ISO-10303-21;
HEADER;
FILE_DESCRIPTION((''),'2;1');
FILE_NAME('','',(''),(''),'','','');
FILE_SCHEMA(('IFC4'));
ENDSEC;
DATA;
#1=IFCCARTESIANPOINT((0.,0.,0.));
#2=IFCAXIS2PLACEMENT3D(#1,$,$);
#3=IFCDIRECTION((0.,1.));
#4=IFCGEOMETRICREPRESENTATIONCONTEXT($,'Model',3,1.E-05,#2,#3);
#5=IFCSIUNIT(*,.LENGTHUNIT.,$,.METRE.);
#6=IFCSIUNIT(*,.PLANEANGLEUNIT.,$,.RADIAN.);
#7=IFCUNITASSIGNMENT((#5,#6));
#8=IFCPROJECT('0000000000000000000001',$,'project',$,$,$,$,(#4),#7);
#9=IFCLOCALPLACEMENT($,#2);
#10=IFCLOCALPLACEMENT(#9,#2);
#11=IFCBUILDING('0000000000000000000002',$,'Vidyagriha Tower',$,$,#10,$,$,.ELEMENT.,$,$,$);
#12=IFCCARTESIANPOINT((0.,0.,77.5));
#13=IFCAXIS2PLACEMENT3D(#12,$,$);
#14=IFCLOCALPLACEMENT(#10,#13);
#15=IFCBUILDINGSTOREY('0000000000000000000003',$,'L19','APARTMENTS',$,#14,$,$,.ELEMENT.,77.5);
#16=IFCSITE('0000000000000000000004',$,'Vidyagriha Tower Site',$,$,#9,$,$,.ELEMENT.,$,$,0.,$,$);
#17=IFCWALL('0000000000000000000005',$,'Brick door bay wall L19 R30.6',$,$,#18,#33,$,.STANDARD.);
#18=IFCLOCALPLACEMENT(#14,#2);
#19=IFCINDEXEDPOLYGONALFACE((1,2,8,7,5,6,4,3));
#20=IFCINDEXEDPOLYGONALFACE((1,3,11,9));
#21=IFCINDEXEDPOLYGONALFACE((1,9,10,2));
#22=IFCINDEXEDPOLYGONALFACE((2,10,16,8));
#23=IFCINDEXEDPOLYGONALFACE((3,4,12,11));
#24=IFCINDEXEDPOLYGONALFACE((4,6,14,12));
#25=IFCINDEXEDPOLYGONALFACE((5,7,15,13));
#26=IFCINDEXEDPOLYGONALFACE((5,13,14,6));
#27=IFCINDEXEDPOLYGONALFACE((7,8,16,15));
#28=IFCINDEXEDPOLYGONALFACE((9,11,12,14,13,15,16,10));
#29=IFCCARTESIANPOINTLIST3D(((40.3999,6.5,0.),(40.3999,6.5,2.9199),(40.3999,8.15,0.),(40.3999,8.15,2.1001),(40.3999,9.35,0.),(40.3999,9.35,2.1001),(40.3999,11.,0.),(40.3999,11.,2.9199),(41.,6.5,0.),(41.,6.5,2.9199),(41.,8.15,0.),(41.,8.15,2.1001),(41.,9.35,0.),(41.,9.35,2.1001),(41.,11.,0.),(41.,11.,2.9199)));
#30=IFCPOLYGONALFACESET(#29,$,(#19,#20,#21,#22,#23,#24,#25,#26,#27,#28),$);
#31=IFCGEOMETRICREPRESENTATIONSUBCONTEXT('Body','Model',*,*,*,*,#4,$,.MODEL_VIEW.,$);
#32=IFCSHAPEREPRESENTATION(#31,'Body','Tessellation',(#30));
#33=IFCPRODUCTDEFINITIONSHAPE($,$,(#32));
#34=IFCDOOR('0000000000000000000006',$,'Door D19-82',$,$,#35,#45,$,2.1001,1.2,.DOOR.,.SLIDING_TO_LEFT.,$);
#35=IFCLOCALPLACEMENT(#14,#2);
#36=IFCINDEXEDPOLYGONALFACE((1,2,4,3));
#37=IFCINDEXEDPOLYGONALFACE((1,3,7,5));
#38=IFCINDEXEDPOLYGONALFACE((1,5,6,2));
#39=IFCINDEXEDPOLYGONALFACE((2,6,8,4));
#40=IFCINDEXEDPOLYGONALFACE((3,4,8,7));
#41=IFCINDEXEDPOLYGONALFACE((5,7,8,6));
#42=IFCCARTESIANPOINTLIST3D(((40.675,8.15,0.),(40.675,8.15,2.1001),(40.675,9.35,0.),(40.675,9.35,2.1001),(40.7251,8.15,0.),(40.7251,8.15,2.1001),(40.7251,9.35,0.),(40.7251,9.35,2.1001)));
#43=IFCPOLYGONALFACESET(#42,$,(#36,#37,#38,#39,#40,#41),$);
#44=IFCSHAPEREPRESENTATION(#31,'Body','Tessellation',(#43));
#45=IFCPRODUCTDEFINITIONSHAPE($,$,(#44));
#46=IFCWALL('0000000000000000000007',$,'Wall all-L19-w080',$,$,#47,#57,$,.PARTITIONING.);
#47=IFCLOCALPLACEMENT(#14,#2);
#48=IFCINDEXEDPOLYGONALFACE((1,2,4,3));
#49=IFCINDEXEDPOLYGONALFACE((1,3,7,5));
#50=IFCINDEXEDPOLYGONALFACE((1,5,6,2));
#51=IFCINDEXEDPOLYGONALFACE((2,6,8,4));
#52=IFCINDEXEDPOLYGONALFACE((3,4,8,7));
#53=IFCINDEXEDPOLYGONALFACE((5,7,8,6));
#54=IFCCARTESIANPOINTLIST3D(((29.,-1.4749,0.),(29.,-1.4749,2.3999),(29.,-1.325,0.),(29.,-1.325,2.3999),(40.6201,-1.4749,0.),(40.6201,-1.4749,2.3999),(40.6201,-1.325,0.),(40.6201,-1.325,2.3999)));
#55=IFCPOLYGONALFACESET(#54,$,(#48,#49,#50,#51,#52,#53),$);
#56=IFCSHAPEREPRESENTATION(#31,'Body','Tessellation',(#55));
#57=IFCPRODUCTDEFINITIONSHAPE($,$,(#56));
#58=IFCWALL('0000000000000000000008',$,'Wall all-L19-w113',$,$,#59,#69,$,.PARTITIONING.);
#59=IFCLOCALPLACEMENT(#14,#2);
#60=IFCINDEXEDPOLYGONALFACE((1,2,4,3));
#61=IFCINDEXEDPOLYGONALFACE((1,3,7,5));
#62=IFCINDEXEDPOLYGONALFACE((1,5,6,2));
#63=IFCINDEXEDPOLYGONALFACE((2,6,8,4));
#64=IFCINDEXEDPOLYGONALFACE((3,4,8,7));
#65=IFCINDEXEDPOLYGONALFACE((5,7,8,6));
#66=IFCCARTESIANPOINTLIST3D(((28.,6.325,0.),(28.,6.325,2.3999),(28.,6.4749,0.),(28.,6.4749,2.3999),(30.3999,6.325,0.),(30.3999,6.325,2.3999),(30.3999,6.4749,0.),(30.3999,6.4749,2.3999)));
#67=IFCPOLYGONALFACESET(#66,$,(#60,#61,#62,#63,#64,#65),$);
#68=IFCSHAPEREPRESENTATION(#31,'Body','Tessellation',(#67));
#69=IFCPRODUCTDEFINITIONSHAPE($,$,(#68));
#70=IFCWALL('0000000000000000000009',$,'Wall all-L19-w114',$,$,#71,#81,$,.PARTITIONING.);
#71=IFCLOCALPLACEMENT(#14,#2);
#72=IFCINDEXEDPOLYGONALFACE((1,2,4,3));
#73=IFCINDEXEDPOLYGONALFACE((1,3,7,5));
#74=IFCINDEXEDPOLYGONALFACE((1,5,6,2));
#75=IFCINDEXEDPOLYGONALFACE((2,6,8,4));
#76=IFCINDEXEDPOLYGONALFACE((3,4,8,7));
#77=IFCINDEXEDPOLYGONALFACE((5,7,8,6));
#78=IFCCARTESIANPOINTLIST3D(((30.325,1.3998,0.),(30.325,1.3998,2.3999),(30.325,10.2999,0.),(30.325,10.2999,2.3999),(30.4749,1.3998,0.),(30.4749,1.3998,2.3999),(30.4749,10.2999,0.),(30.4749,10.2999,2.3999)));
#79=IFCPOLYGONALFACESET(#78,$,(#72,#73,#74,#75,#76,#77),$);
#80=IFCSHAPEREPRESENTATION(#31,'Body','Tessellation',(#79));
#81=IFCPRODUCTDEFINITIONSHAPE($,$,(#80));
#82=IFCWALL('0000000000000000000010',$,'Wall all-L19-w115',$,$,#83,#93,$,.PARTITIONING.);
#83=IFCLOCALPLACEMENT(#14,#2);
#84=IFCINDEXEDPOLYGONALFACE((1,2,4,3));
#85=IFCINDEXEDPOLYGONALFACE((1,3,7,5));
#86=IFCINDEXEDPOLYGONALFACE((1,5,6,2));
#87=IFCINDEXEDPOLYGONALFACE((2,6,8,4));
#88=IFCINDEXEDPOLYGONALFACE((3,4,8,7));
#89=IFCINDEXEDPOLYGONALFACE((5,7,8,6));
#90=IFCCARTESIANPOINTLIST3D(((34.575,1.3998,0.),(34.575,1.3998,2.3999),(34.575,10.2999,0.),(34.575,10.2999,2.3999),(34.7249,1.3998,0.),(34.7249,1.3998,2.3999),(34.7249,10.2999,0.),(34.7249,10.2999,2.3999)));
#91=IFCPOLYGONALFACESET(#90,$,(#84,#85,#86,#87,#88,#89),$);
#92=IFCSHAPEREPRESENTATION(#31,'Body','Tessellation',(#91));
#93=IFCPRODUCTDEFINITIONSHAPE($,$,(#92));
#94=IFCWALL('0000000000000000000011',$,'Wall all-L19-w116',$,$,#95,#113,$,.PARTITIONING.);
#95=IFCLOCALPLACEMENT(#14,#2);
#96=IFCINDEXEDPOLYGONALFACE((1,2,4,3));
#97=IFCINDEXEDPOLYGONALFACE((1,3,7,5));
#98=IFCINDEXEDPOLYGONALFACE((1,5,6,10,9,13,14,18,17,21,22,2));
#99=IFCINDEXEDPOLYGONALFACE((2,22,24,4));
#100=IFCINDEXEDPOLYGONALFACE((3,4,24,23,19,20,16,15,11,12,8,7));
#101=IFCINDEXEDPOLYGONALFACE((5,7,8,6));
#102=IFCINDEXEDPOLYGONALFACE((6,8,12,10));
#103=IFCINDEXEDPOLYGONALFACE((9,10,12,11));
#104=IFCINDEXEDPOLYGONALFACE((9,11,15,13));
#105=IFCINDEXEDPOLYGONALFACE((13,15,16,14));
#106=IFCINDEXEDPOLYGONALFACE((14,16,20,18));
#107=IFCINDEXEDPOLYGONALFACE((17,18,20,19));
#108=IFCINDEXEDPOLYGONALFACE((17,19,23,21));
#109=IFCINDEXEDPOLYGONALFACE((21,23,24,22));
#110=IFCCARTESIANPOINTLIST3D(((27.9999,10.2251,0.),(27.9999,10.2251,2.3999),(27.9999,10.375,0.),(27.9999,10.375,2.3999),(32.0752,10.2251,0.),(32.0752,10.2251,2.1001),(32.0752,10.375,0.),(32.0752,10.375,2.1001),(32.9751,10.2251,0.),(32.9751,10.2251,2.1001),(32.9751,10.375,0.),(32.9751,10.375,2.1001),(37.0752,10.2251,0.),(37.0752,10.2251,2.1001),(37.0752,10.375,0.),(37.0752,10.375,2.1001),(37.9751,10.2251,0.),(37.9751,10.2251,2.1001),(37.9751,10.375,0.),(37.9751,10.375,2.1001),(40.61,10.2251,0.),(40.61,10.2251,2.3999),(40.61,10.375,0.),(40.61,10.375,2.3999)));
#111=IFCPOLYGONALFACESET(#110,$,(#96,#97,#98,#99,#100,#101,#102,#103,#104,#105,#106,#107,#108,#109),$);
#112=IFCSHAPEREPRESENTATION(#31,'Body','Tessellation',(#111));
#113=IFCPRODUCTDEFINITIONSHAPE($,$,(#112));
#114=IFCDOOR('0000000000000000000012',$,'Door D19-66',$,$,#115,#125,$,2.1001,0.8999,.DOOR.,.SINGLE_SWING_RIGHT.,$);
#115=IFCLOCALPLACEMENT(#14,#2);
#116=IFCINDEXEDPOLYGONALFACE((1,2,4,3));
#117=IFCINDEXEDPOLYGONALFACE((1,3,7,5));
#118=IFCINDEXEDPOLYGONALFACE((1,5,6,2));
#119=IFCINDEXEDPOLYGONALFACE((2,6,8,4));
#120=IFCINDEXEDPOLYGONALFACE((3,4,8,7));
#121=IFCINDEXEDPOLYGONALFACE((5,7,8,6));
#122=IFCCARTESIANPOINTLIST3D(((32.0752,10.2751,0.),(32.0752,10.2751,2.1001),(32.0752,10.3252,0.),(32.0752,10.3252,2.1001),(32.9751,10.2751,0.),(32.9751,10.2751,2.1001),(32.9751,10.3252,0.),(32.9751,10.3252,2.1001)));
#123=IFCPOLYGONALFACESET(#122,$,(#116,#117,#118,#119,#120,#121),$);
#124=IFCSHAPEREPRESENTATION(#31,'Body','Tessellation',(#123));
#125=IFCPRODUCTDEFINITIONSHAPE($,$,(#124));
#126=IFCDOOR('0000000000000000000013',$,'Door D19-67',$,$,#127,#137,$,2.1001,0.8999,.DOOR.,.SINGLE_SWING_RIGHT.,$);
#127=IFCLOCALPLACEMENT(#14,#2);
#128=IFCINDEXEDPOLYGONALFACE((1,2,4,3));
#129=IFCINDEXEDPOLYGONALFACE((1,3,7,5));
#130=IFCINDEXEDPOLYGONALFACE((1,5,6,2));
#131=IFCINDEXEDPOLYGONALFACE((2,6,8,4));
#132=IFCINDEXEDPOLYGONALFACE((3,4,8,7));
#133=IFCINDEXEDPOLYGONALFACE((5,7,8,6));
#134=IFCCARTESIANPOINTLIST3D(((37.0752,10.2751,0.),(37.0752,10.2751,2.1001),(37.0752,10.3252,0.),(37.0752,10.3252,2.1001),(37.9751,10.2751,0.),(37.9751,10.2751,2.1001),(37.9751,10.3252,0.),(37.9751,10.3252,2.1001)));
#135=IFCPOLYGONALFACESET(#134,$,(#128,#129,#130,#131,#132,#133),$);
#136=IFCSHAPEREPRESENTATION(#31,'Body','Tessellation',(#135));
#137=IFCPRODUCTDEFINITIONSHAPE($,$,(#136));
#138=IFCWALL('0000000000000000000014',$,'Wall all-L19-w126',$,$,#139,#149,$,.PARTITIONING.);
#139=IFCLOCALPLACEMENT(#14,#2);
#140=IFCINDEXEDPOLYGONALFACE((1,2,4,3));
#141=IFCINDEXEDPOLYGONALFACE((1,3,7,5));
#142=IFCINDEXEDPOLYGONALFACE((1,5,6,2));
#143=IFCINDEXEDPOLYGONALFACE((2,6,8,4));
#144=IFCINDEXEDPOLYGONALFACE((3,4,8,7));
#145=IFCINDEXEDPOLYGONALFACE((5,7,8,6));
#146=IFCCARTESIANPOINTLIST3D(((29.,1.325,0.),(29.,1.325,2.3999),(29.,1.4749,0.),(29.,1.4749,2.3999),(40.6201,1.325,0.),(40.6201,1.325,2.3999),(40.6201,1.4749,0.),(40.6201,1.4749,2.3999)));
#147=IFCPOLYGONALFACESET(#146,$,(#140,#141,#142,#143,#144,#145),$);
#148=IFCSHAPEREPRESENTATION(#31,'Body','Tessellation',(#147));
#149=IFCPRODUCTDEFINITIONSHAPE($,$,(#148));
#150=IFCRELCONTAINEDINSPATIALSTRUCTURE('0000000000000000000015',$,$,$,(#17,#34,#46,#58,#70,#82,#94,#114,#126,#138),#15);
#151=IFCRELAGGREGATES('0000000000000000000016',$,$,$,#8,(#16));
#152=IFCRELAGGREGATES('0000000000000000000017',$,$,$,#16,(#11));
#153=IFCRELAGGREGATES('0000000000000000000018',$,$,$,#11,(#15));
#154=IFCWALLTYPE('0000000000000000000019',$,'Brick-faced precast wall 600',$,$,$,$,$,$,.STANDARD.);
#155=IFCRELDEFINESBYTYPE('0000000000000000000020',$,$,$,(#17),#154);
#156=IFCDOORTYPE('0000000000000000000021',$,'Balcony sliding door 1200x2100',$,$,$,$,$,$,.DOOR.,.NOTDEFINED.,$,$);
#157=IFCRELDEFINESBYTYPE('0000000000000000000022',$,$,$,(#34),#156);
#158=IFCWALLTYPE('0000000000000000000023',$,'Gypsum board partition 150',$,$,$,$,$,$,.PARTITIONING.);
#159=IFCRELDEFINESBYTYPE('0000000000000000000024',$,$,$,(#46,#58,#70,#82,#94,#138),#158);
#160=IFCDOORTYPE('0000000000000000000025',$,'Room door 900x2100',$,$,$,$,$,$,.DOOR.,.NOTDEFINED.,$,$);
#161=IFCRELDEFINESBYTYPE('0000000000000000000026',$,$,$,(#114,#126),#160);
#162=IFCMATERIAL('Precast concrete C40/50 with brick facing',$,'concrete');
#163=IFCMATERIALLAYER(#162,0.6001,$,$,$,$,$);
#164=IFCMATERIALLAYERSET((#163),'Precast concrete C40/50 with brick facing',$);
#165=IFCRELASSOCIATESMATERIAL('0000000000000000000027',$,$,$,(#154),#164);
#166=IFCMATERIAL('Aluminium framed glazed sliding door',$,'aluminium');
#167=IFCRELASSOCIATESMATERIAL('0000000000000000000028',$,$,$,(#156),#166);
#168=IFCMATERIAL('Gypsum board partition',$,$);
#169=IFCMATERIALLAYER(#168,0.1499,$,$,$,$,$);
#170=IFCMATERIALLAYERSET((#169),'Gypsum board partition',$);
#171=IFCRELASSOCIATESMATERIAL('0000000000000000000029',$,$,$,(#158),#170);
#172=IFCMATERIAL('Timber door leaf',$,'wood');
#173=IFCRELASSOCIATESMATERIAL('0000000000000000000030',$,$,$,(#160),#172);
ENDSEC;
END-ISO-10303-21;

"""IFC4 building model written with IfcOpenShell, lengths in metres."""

from ifc_helpers import new_model, si_unit, direction, frame, frame_2d, origin, place, context, subcontext, project, spatial, rectangle, extrude, material, layer, layer_set, type_object, element, fill, save


model = new_model("IFC4")

# Units and contexts
model_context = context("Model", 3, precision=1e-05, world=origin(), true_north=direction((0.0, 1.0)))
body_context = subcontext(model_context, "Body", "Model", "MODEL_VIEW")
ifc_project = project(units=[si_unit("LENGTHUNIT", "METRE"), si_unit("PLANEANGLEUNIT", "RADIAN")], contexts=[model_context])

# Site, building, storey
site_placement = place(None, origin())
site = spatial("IfcSite", under=ifc_project, at=site_placement, Name="Vidyagriha Tower Site", CompositionType="ELEMENT", RefElevation=0.0)
building_placement = place(site_placement, origin())
building = spatial("IfcBuilding", under=site, at=building_placement, Name="Vidyagriha Tower", CompositionType="ELEMENT")
storey_placement = place(building_placement, frame((0.0, 0.0, 77.5)))
storey = spatial("IfcBuildingStorey", under=building, at=storey_placement, Name="L19", Description="APARTMENTS", CompositionType="ELEMENT", Elevation=77.5)

# Wall, opening, door
ifc_material_1 = material(Name="Precast concrete C40/50 with brick facing", Category="concrete")
ifc_layer_1 = layer(ifc_material_1, 0.6001)
ifc_layer_set_1 = layer_set([ifc_layer_1], Name="Precast concrete C40/50 with brick facing")
wall_type_1 = type_object("IfcWallType", Name="Brick-faced precast wall 600", PredefinedType="STANDARD", material=ifc_layer_set_1)
wall_1_placement = place(storey_placement, frame((40.7, 6.5, 0.0), z_axis=(0.0, 0.0, 1.0), x_axis=(0.0, 1.0, 0.0)))
wall_1 = element("IfcWall", 1, at=wall_1_placement, inside=storey, type_object=wall_type_1, Name="Brick door bay wall L19 R30.6", PredefinedType="STANDARD", context=body_context, shape_type="SweptSolid", body=[
    extrude(rectangle(XDim=4.5, YDim=0.6001, at=frame_2d((2.25, 0.0))), origin(), (0.0, 0.0, 1.0), 2.9199),
])
opening_1_placement = place(wall_1_placement, frame((1.6499, 0.0, 0.0)))
opening_1 = element("IfcOpeningElement", 2, at=opening_1_placement, cuts=wall_1, PredefinedType="OPENING", context=body_context, shape_type="SweptSolid", body=[
    extrude(rectangle(XDim=1.2, YDim=2.1001, at=frame_2d((0.6001, 1.05))), frame((0.0, 0.3101, 0.0), z_axis=(0.0, -1.0, 0.0), x_axis=(1.0, 0.0, 0.0)), (0.0, 0.0, 1.0), 0.6201),
])
ifc_material_2 = material(Name="Aluminium framed glazed sliding door", Category="aluminium")
door_type_1 = type_object("IfcDoorType", Name="Balcony sliding door 1200x2100", OperationType="NOTDEFINED", PredefinedType="DOOR", material=ifc_material_2)
door_1_placement = place(opening_1_placement, origin())
door_1 = element("IfcDoor", 3, at=door_1_placement, inside=storey, type_object=door_type_1, Name="Door D19-82", OperationType="SLIDING_TO_LEFT", OverallHeight=2.1001, OverallWidth=1.2, PredefinedType="DOOR", context=body_context, shape_type="SweptSolid", body=[
    extrude(rectangle(XDim=1.2, YDim=2.1001, at=frame_2d((0.6001, 1.05))), frame((0.0, 0.0249, 0.0), z_axis=(0.0, -1.0, 0.0), x_axis=(1.0, 0.0, 0.0)), (0.0, 0.0, 1.0), 0.05),
])
fill(opening_1, door_1)

# Walls
ifc_material_3 = material(Name="Gypsum board partition")
ifc_layer_2 = layer(ifc_material_3, 0.1499)
ifc_layer_set_2 = layer_set([ifc_layer_2], Name="Gypsum board partition")
wall_type_2 = type_object("IfcWallType", Name="Gypsum board partition 150", PredefinedType="PARTITIONING", material=ifc_layer_set_2)
wall_2_placement = place(storey_placement, frame((40.6201, -1.3999, 0.0), z_axis=(0.0, 0.0, 1.0), x_axis=(-1.0, 0.0, 0.0)))
element("IfcWall", 4, at=wall_2_placement, inside=storey, type_object=wall_type_2, Name="Wall all-L19-w080", PredefinedType="PARTITIONING", context=body_context, shape_type="SweptSolid", body=[
    extrude(rectangle(XDim=11.6201, YDim=0.1499, at=frame_2d((5.8101, 0.0))), origin(), (0.0, 0.0, 1.0), 2.3999),
])
wall_3_placement = place(storey_placement, frame((28.0, 6.3999, 0.0)))
element("IfcWall", 5, at=wall_3_placement, inside=storey, type_object=wall_type_2, Name="Wall all-L19-w113", PredefinedType="PARTITIONING", context=body_context, shape_type="SweptSolid", body=[
    extrude(rectangle(XDim=2.3999, YDim=0.1499, at=frame_2d((1.2, 0.0))), origin(), (0.0, 0.0, 1.0), 2.3999),
])
for number, where, z_axis, x_axis, name in (
    (6, (30.3999, 10.3, 0.0), (0.0, 0.0, 1.0), (0.0, -1.0, 0.0), "Wall all-L19-w114"),
    (7, (34.6499, 10.3, 0.0), (0.0, 0.0, 1.0), (0.0, -1.0, 0.0), "Wall all-L19-w115"),
):
    element("IfcWall", number, at=place(storey_placement, frame(where, z_axis=z_axis, x_axis=x_axis)), inside=storey, type_object=wall_type_2, Name=name, PredefinedType="PARTITIONING", context=body_context, shape_type="SweptSolid", body=[
        extrude(rectangle(XDim=8.9001, YDim=0.1499, at=frame_2d((4.4502, 0.0))), origin(), (0.0, 0.0, 1.0), 2.3999),
    ])

# Wall, openings, doors
wall_4_placement = place(storey_placement, frame((40.6101, 10.3, 0.0), z_axis=(0.0, 0.0, 1.0), x_axis=(-1.0, 0.0, 0.0)))
wall_4 = element("IfcWall", 8, at=wall_4_placement, inside=storey, type_object=wall_type_2, Name="Wall all-L19-w116", PredefinedType="PARTITIONING", context=body_context, shape_type="SweptSolid", body=[
    extrude(rectangle(XDim=12.6101, YDim=0.1499, at=frame_2d((6.3052, 0.0))), origin(), (0.0, 0.0, 1.0), 2.3999),
])
opening_2_placement = place(wall_4_placement, frame((7.635, 0.0, 0.0)))
opening_2 = element("IfcOpeningElement", 9, at=opening_2_placement, cuts=wall_4, PredefinedType="OPENING", context=body_context, shape_type="SweptSolid", body=[
    extrude(rectangle(XDim=0.8999, YDim=2.1001, at=frame_2d((0.45, 1.05))), frame((0.0, 0.085, 0.0), z_axis=(0.0, -1.0, 0.0), x_axis=(1.0, 0.0, 0.0)), (0.0, 0.0, 1.0), 0.1699),
])
opening_3_placement = place(wall_4_placement, frame((2.635, 0.0, 0.0)))
opening_3 = element("IfcOpeningElement", 10, at=opening_3_placement, cuts=wall_4, PredefinedType="OPENING", context=body_context, shape_type="SweptSolid", body=[
    extrude(rectangle(XDim=0.8999, YDim=2.1001, at=frame_2d((0.45, 1.05))), frame((0.0, 0.085, 0.0), z_axis=(0.0, -1.0, 0.0), x_axis=(1.0, 0.0, 0.0)), (0.0, 0.0, 1.0), 0.1699),
])
ifc_material_4 = material(Name="Timber door leaf", Category="wood")
door_type_2 = type_object("IfcDoorType", Name="Room door 900x2100", OperationType="NOTDEFINED", PredefinedType="DOOR", material=ifc_material_4)
door_2_placement = place(opening_2_placement, origin())
door_2 = element("IfcDoor", 11, at=door_2_placement, inside=storey, type_object=door_type_2, Name="Door D19-66", OperationType="SINGLE_SWING_RIGHT", OverallHeight=2.1001, OverallWidth=0.8999, PredefinedType="DOOR", context=body_context, shape_type="SweptSolid", body=[
    extrude(rectangle(XDim=0.8999, YDim=2.1001, at=frame_2d((0.45, 1.05))), frame((0.0, 0.0249, 0.0), z_axis=(0.0, -1.0, 0.0), x_axis=(1.0, 0.0, 0.0)), (0.0, 0.0, 1.0), 0.05),
])
fill(opening_2, door_2)
door_3_placement = place(opening_3_placement, origin())
door_3 = element("IfcDoor", 12, at=door_3_placement, inside=storey, type_object=door_type_2, Name="Door D19-67", OperationType="SINGLE_SWING_RIGHT", OverallHeight=2.1001, OverallWidth=0.8999, PredefinedType="DOOR", context=body_context, shape_type="SweptSolid", body=[
    extrude(rectangle(XDim=0.8999, YDim=2.1001, at=frame_2d((0.45, 1.05))), frame((0.0, 0.0249, 0.0), z_axis=(0.0, -1.0, 0.0), x_axis=(1.0, 0.0, 0.0)), (0.0, 0.0, 1.0), 0.05),
])
fill(opening_3, door_3)

# Wall
wall_5_placement = place(storey_placement, frame((29.0, 1.3999, 0.0)))
element("IfcWall", 13, at=wall_5_placement, inside=storey, type_object=wall_type_2, Name="Wall all-L19-w126", PredefinedType="PARTITIONING", context=body_context, shape_type="SweptSolid", body=[
    extrude(rectangle(XDim=11.6201, YDim=0.1499, at=frame_2d((5.8101, 0.0))), origin(), (0.0, 0.0, 1.0), 2.3999),
])

save(model, "model.ifc")
